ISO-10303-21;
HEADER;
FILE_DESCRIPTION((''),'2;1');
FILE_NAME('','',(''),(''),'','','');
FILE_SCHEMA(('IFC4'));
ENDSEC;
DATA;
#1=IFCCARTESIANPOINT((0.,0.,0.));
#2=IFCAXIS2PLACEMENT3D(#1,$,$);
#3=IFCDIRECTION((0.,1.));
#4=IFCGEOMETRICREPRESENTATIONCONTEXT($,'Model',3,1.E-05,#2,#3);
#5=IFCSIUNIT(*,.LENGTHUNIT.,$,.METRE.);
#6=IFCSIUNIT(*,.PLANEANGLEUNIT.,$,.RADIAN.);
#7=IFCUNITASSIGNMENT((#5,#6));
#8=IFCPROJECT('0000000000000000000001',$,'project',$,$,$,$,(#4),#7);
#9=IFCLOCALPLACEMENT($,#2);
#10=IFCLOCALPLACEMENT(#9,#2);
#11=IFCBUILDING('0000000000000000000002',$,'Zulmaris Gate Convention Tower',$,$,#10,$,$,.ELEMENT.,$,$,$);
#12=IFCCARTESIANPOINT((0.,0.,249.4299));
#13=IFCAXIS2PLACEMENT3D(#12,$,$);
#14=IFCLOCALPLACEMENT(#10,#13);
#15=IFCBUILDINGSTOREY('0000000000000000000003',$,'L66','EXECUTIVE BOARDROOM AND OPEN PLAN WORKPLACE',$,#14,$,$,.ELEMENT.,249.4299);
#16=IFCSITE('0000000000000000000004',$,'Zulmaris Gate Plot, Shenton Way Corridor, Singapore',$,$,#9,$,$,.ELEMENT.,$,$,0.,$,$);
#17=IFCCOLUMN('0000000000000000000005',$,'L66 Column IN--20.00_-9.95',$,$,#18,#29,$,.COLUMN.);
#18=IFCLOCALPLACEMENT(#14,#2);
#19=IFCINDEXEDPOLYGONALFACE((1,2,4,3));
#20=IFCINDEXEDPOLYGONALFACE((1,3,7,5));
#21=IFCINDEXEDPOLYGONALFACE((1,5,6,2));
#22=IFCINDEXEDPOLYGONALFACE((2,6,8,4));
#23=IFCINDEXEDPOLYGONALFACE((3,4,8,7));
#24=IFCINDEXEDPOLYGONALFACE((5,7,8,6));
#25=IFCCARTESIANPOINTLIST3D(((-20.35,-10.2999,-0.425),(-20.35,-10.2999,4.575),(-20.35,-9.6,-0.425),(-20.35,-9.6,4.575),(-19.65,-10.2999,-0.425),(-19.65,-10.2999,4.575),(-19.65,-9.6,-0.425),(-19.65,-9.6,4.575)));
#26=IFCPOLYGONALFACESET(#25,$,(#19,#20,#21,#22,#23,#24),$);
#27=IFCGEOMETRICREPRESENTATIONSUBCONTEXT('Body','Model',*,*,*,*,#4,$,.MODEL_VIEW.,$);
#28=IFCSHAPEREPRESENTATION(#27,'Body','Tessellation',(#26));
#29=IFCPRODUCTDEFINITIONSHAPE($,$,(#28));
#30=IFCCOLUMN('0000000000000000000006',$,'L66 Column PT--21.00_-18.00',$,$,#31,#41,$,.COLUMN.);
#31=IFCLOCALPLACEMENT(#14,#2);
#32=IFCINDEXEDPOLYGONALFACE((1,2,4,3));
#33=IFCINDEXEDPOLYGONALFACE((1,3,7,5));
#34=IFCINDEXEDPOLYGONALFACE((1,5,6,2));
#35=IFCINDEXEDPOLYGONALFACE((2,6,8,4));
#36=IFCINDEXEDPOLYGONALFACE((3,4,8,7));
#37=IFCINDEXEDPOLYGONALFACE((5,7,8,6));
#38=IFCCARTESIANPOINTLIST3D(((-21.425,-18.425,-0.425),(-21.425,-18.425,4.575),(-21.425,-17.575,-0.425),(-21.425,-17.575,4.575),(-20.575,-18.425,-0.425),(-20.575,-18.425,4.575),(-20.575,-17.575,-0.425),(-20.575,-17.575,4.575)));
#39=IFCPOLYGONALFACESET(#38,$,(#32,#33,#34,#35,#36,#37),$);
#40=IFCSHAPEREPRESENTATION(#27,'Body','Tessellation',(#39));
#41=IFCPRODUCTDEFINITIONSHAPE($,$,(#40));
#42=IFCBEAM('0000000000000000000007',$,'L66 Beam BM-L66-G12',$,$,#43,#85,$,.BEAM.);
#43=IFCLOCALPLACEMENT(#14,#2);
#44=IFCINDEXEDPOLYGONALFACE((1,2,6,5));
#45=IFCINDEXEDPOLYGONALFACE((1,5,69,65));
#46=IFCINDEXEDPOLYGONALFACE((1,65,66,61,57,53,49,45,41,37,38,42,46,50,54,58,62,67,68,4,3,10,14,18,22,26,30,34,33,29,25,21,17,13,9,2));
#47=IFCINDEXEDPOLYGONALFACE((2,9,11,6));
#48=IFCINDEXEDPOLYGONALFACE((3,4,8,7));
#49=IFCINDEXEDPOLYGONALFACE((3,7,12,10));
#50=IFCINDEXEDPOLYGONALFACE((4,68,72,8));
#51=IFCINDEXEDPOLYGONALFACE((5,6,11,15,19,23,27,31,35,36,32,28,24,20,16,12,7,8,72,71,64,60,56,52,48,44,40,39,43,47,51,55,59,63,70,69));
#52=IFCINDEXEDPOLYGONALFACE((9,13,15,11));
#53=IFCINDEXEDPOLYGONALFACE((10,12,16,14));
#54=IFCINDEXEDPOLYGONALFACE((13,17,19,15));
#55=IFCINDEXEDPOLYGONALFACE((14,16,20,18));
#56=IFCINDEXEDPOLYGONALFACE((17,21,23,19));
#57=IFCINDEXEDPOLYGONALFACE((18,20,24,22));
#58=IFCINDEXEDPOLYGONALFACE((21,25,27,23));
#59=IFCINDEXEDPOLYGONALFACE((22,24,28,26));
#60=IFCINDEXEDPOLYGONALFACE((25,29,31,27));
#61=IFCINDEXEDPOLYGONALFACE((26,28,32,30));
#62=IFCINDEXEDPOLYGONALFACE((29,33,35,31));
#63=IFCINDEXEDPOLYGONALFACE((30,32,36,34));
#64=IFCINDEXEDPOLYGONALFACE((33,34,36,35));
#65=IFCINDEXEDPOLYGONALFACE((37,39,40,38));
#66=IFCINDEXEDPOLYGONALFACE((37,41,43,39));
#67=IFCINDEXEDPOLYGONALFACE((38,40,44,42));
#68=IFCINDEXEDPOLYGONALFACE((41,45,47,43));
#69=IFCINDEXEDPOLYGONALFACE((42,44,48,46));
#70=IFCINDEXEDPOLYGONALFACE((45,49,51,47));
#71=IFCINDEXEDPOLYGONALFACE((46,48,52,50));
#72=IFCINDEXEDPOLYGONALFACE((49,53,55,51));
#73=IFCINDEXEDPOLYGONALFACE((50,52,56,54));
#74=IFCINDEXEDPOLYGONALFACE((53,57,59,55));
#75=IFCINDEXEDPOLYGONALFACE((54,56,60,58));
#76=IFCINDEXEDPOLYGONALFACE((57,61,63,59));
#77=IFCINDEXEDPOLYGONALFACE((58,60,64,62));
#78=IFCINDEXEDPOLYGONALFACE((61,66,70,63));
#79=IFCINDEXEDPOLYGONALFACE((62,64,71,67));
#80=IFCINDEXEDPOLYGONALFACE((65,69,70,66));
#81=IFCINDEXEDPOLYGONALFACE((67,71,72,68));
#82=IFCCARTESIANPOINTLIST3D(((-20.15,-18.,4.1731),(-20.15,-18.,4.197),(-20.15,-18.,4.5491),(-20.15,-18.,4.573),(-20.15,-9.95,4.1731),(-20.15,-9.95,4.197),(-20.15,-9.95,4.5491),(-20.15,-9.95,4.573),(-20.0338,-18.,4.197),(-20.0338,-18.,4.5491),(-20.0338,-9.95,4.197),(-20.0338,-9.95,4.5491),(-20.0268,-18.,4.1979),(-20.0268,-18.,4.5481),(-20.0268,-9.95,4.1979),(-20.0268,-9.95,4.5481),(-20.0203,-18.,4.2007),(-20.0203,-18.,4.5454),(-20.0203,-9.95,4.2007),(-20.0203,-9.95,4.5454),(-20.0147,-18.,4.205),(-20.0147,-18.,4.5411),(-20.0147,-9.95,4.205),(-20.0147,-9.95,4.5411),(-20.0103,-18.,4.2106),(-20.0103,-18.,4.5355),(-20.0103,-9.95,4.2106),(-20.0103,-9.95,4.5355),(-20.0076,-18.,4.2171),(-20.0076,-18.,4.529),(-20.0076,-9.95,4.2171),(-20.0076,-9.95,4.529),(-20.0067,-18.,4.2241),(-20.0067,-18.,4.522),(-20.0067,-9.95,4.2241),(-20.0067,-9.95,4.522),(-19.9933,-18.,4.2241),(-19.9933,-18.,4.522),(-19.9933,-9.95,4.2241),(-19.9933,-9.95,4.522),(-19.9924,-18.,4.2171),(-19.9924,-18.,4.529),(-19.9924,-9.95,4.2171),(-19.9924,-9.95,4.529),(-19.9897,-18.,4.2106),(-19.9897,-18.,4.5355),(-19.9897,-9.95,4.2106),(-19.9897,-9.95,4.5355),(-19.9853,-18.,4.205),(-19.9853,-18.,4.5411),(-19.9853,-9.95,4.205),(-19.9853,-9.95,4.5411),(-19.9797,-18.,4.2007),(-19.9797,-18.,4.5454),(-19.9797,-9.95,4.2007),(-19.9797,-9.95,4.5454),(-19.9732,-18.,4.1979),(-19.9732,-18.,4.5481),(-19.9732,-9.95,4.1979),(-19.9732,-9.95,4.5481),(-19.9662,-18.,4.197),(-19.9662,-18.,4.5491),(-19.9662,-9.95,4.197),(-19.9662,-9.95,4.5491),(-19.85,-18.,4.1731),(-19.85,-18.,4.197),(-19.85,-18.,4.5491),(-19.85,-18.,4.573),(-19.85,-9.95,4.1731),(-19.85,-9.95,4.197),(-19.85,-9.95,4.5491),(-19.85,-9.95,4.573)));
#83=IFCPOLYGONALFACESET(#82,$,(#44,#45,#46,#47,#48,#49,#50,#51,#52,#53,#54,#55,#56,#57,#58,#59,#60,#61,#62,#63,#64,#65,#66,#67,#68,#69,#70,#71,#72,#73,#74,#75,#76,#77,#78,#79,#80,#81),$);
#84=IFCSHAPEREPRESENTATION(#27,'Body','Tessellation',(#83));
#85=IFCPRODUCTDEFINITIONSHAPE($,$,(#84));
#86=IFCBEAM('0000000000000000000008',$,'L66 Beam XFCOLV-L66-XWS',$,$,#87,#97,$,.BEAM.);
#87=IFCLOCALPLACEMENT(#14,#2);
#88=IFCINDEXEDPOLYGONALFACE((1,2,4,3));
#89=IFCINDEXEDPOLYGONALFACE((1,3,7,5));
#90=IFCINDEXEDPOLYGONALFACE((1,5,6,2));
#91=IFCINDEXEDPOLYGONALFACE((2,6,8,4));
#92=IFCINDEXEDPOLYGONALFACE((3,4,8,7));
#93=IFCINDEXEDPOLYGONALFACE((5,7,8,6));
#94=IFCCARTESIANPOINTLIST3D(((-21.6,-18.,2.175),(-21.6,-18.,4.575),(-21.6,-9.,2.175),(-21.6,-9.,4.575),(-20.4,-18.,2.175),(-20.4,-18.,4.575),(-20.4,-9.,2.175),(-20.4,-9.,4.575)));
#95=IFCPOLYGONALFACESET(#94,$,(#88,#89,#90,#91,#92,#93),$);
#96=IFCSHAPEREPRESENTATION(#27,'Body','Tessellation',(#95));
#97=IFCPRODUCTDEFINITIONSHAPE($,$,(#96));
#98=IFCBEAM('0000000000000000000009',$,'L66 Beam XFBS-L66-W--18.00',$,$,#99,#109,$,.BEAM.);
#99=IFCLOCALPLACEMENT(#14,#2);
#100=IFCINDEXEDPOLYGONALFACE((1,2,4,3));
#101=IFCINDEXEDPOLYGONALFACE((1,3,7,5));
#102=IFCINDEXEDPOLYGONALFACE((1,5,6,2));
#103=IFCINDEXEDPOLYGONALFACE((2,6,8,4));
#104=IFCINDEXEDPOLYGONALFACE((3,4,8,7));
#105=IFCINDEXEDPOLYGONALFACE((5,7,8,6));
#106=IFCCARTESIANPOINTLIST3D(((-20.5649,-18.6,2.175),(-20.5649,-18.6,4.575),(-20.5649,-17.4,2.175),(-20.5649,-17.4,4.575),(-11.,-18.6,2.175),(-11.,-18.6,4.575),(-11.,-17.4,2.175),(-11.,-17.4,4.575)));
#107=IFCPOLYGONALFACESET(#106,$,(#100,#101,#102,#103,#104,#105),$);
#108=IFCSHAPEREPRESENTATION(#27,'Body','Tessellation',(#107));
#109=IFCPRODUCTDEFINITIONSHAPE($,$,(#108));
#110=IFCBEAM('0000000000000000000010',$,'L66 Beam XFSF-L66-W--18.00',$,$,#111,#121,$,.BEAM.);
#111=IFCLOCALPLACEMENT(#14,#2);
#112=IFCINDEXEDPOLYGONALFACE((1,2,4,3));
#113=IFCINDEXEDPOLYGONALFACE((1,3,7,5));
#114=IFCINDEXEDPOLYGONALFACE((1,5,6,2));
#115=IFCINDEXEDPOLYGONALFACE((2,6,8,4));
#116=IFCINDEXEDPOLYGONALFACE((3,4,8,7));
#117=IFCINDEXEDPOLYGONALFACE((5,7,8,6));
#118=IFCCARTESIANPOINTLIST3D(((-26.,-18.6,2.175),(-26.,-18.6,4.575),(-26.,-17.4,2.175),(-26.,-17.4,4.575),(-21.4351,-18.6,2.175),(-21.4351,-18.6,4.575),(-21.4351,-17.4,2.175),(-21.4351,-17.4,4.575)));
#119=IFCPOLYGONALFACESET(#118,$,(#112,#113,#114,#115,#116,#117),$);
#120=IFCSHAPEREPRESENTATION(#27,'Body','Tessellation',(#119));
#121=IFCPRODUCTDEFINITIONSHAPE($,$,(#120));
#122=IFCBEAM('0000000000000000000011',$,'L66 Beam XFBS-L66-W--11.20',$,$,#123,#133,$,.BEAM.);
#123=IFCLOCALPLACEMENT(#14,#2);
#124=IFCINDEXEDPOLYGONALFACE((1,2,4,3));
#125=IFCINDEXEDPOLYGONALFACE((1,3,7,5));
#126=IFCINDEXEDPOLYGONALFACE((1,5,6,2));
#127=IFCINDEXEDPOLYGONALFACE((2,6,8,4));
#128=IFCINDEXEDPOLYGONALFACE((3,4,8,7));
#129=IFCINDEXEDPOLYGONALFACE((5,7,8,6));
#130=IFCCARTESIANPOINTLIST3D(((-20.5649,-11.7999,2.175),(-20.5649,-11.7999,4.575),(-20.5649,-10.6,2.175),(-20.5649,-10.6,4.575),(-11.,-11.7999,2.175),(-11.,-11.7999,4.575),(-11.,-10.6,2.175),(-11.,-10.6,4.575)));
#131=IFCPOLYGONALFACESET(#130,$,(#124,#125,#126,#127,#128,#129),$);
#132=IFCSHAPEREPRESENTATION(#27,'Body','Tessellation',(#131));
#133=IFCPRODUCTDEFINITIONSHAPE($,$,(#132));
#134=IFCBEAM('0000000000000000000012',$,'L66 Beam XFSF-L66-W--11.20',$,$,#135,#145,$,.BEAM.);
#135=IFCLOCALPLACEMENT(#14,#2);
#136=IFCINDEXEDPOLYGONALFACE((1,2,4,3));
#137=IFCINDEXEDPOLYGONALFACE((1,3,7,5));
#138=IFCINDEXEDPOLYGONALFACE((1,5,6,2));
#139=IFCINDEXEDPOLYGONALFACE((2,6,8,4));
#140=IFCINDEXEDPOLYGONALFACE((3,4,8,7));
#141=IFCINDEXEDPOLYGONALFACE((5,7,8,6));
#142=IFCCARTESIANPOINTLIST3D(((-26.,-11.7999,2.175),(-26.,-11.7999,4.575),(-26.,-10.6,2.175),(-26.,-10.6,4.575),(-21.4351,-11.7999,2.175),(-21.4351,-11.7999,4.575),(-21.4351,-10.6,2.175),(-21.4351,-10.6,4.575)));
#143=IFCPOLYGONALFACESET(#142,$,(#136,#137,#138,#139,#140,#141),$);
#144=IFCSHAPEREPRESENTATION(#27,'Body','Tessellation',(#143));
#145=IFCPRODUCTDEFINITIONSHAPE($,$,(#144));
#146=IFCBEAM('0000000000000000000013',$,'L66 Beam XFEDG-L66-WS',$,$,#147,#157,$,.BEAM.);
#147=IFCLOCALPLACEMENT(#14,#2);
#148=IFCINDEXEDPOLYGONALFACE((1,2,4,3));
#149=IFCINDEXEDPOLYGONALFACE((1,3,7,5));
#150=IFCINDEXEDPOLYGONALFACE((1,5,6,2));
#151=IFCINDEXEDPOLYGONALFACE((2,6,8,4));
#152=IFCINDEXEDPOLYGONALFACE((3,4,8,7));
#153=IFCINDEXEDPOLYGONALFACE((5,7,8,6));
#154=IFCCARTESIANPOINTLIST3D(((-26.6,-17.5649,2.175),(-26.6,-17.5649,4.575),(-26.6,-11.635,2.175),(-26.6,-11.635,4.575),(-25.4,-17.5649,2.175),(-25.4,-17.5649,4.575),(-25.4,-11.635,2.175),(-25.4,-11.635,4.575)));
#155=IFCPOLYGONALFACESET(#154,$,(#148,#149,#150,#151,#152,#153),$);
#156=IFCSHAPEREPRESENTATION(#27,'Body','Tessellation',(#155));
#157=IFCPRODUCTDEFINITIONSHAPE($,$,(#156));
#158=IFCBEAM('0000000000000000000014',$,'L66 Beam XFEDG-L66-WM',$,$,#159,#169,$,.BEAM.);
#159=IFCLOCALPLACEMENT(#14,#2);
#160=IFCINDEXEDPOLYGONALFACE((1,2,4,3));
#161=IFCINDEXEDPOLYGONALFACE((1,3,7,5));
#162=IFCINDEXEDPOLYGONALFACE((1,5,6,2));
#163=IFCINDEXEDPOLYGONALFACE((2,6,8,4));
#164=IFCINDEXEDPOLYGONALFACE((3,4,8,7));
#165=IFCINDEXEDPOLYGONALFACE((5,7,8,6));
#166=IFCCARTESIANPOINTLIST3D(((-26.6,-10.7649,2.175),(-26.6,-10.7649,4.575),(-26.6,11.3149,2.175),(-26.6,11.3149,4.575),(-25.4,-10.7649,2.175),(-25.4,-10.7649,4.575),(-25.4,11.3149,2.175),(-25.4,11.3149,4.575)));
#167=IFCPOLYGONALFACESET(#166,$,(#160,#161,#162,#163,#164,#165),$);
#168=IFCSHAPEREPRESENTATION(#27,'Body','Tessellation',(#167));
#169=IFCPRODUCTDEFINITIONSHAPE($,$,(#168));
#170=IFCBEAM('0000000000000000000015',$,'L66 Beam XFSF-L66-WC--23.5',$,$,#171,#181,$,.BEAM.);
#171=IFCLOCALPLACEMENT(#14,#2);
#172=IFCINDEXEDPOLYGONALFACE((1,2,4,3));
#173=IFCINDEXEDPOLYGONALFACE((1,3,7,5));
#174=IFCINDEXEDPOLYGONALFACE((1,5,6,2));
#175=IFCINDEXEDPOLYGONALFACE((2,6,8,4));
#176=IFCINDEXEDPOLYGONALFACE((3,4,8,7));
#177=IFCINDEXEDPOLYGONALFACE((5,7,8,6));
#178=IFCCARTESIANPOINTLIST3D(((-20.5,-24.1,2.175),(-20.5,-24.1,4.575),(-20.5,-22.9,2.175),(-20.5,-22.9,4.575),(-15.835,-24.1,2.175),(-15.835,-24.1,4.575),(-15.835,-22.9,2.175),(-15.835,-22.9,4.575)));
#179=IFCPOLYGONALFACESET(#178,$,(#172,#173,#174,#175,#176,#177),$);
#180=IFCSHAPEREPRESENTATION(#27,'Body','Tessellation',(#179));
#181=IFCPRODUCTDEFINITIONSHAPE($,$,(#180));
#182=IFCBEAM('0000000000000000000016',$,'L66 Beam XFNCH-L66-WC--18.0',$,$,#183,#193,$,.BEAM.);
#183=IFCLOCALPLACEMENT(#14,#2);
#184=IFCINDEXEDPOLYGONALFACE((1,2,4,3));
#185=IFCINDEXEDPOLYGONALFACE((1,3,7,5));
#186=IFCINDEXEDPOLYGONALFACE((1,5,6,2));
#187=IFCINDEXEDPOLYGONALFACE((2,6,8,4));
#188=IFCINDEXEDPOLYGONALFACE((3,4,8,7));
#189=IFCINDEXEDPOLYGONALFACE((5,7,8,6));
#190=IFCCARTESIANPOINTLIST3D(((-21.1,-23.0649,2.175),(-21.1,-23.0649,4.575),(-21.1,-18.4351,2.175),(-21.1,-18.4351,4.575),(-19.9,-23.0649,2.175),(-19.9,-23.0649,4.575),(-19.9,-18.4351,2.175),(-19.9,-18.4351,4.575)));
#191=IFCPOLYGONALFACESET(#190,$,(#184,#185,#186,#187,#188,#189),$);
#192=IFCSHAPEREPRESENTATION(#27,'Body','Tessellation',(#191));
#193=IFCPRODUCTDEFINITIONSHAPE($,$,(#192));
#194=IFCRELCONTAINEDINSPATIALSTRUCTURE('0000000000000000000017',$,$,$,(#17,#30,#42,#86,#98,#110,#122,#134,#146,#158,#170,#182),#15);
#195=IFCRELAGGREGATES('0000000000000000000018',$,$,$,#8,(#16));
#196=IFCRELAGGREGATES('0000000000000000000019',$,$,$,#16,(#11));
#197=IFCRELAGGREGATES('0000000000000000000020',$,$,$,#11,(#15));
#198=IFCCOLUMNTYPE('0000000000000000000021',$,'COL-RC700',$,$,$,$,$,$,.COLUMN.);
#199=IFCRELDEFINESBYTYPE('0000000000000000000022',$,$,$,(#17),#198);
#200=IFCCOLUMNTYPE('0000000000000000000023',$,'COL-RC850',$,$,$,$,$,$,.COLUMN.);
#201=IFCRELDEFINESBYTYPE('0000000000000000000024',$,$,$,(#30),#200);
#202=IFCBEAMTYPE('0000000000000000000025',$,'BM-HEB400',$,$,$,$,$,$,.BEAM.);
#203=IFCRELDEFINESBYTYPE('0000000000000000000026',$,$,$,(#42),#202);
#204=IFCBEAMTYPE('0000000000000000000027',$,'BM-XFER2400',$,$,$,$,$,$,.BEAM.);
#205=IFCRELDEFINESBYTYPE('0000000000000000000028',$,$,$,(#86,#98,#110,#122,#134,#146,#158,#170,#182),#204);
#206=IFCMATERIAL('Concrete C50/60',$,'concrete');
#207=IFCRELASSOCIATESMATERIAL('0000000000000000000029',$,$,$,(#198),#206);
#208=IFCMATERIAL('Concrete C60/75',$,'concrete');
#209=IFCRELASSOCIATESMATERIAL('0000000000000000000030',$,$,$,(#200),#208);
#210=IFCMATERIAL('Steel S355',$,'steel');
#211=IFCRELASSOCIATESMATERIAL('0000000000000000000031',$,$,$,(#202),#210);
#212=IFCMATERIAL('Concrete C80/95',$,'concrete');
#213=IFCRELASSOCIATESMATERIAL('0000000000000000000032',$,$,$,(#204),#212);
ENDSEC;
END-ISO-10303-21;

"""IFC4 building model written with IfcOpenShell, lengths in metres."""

from ifc_helpers import new_model, si_unit, direction, frame, origin, origin_2d, place, context, subcontext, project, spatial, rectangle, i_section, extrude, material, material_profile, profile_set, type_object, element, save


model = new_model("IFC4")

# Units and contexts
model_context = context("Model", 3, precision=1e-05, world=origin(), true_north=direction((0.0, 1.0)))
body_context = subcontext(model_context, "Body", "Model", "MODEL_VIEW")
ifc_project = project(units=[si_unit("LENGTHUNIT", "METRE"), si_unit("PLANEANGLEUNIT", "RADIAN")], contexts=[model_context])

# Site, building, storey
site_placement = place(None, origin())
site = spatial("IfcSite", under=ifc_project, at=site_placement, Name="Zulmaris Gate Plot, Shenton Way Corridor, Singapore", CompositionType="ELEMENT", RefElevation=0.0)
building_placement = place(site_placement, origin())
building = spatial("IfcBuilding", under=site, at=building_placement, Name="Zulmaris Gate Convention Tower", CompositionType="ELEMENT")
storey_placement = place(building_placement, frame((0.0, 0.0, 249.4299)))
storey = spatial("IfcBuildingStorey", under=building, at=storey_placement, Name="L66", Description="EXECUTIVE BOARDROOM AND OPEN PLAN WORKPLACE", CompositionType="ELEMENT", Elevation=249.4299)

# Columns
ifc_material_1 = material(Name="Concrete C50/60", Category="concrete")
ifc_material_profile_1 = material_profile(ifc_material_1, rectangle(XDim=0.7, YDim=0.7, at=origin_2d()), Name="RC COL 700x700")
ifc_profile_set_1 = profile_set([ifc_material_profile_1], Name="Concrete C50/60")
column_type_1 = type_object("IfcColumnType", Name="COL-RC700", PredefinedType="COLUMN", material=ifc_profile_set_1)
column_1_placement = place(storey_placement, frame((-20.0, -9.95, -0.425), z_axis=(0.0, 0.0, 1.0), x_axis=(1.0, 0.0, 0.0)))
element("IfcColumn", 1, at=column_1_placement, inside=storey, type_object=column_type_1, Name="L66 Column IN--20.00_-9.95", PredefinedType="COLUMN", context=body_context, shape_type="SweptSolid", body=[
    extrude(rectangle(XDim=0.7, YDim=0.7, at=origin_2d()), origin(), (0.0, 0.0, 1.0), 5.0),
])
ifc_material_2 = material(Name="Concrete C60/75", Category="concrete")
ifc_material_profile_2 = material_profile(ifc_material_2, rectangle(XDim=0.8501, YDim=0.8501, at=origin_2d()), Name="RC COL 850x850")
ifc_profile_set_2 = profile_set([ifc_material_profile_2], Name="Concrete C60/75")
column_type_2 = type_object("IfcColumnType", Name="COL-RC850", PredefinedType="COLUMN", material=ifc_profile_set_2)
column_2_placement = place(storey_placement, frame((-21.0, -18.0, -0.425), z_axis=(0.0, 0.0, 1.0), x_axis=(1.0, 0.0, 0.0)))
element("IfcColumn", 2, at=column_2_placement, inside=storey, type_object=column_type_2, Name="L66 Column PT--21.00_-18.00", PredefinedType="COLUMN", context=body_context, shape_type="SweptSolid", body=[
    extrude(rectangle(XDim=0.8501, YDim=0.8501, at=origin_2d()), origin(), (0.0, 0.0, 1.0), 5.0),
])

# Beams
ifc_material_3 = material(Name="Steel S355", Category="steel")
ifc_material_profile_3 = material_profile(ifc_material_3, i_section(OverallWidth=0.3, OverallDepth=0.3999, WebThickness=0.0134, FlangeThickness=0.0239, FilletRadius=0.0271, at=origin_2d()), Name="HEB 400")
ifc_profile_set_3 = profile_set([ifc_material_profile_3], Name="Steel S355")
beam_type_1 = type_object("IfcBeamType", Name="BM-HEB400", PredefinedType="BEAM", material=ifc_profile_set_3)
beam_1_placement = place(storey_placement, frame((-20.0, -18.0, 4.373), z_axis=(0.0, 1.0, 0.0), x_axis=(-1.0, 0.0, 0.0)))
element("IfcBeam", 3, at=beam_1_placement, inside=storey, type_object=beam_type_1, Name="L66 Beam BM-L66-G12", PredefinedType="BEAM", context=body_context, shape_type="SweptSolid", body=[
    extrude(i_section(OverallWidth=0.3, OverallDepth=0.3999, WebThickness=0.0134, FlangeThickness=0.0239, FilletRadius=0.0271, at=origin_2d()), origin(), (0.0, 0.0, 1.0), 8.05),
])
ifc_material_4 = material(Name="Concrete C80/95", Category="concrete")
ifc_material_profile_4 = material_profile(ifc_material_4, rectangle(XDim=1.2, YDim=2.3999, at=origin_2d()), Name="RC TRANSFER 1200x2400")
ifc_profile_set_4 = profile_set([ifc_material_profile_4], Name="Concrete C80/95")
beam_type_2 = type_object("IfcBeamType", Name="BM-XFER2400", PredefinedType="BEAM", material=ifc_profile_set_4)
beam_2_placement = place(storey_placement, frame((-21.0, -18.0, 3.375), z_axis=(0.0, 1.0, 0.0), x_axis=(-1.0, 0.0, 0.0)))
element("IfcBeam", 4, at=beam_2_placement, inside=storey, type_object=beam_type_2, Name="L66 Beam XFCOLV-L66-XWS", PredefinedType="BEAM", context=body_context, shape_type="SweptSolid", body=[
    extrude(rectangle(XDim=1.2, YDim=2.3999, at=origin_2d()), origin(), (0.0, 0.0, 1.0), 9.0),
])
beam_3_placement = place(storey_placement, frame((-20.5649, -18.0, 3.375), z_axis=(1.0, 0.0, 0.0), x_axis=(0.0, 1.0, 0.0)))
element("IfcBeam", 5, at=beam_3_placement, inside=storey, type_object=beam_type_2, Name="L66 Beam XFBS-L66-W--18.00", PredefinedType="BEAM", context=body_context, shape_type="SweptSolid", body=[
    extrude(rectangle(XDim=1.2, YDim=2.3999, at=origin_2d()), origin(), (0.0, 0.0, 1.0), 9.5649),
])
beam_4_placement = place(storey_placement, frame((-26.0, -18.0, 3.375), z_axis=(1.0, 0.0, 0.0), x_axis=(0.0, 1.0, 0.0)))
element("IfcBeam", 6, at=beam_4_placement, inside=storey, type_object=beam_type_2, Name="L66 Beam XFSF-L66-W--18.00", PredefinedType="BEAM", context=body_context, shape_type="SweptSolid", body=[
    extrude(rectangle(XDim=1.2, YDim=2.3999, at=origin_2d()), origin(), (0.0, 0.0, 1.0), 4.5649),
])
beam_5_placement = place(storey_placement, frame((-20.5649, -11.2, 3.375), z_axis=(1.0, 0.0, 0.0), x_axis=(0.0, 1.0, 0.0)))
element("IfcBeam", 7, at=beam_5_placement, inside=storey, type_object=beam_type_2, Name="L66 Beam XFBS-L66-W--11.20", PredefinedType="BEAM", context=body_context, shape_type="SweptSolid", body=[
    extrude(rectangle(XDim=1.2, YDim=2.3999, at=origin_2d()), origin(), (0.0, 0.0, 1.0), 9.5649),
])
beam_6_placement = place(storey_placement, frame((-26.0, -11.2, 3.375), z_axis=(1.0, 0.0, 0.0), x_axis=(0.0, 1.0, 0.0)))
element("IfcBeam", 8, at=beam_6_placement, inside=storey, type_object=beam_type_2, Name="L66 Beam XFSF-L66-W--11.20", PredefinedType="BEAM", context=body_context, shape_type="SweptSolid", body=[
    extrude(rectangle(XDim=1.2, YDim=2.3999, at=origin_2d()), origin(), (0.0, 0.0, 1.0), 4.5649),
])
beam_7_placement = place(storey_placement, frame((-26.0, -17.5649, 3.375), z_axis=(0.0, 1.0, 0.0), x_axis=(-1.0, 0.0, 0.0)))
element("IfcBeam", 9, at=beam_7_placement, inside=storey, type_object=beam_type_2, Name="L66 Beam XFEDG-L66-WS", PredefinedType="BEAM", context=body_context, shape_type="SweptSolid", body=[
    extrude(rectangle(XDim=1.2, YDim=2.3999, at=origin_2d()), origin(), (0.0, 0.0, 1.0), 5.9299),
])
beam_8_placement = place(storey_placement, frame((-26.0, -10.7649, 3.375), z_axis=(0.0, 1.0, 0.0), x_axis=(-1.0, 0.0, 0.0)))
element("IfcBeam", 10, at=beam_8_placement, inside=storey, type_object=beam_type_2, Name="L66 Beam XFEDG-L66-WM", PredefinedType="BEAM", context=body_context, shape_type="SweptSolid", body=[
    extrude(rectangle(XDim=1.2, YDim=2.3999, at=origin_2d()), origin(), (0.0, 0.0, 1.0), 22.0798),
])
beam_9_placement = place(storey_placement, frame((-20.5, -23.5, 3.375), z_axis=(1.0, 0.0, 0.0), x_axis=(0.0, 1.0, 0.0)))
element("IfcBeam", 11, at=beam_9_placement, inside=storey, type_object=beam_type_2, Name="L66 Beam XFSF-L66-WC--23.5", PredefinedType="BEAM", context=body_context, shape_type="SweptSolid", body=[
    extrude(rectangle(XDim=1.2, YDim=2.3999, at=origin_2d()), origin(), (0.0, 0.0, 1.0), 4.665),
])
beam_10_placement = place(storey_placement, frame((-20.5, -23.0649, 3.375), z_axis=(0.0, 1.0, 0.0), x_axis=(-1.0, 0.0, 0.0)))
element("IfcBeam", 12, at=beam_10_placement, inside=storey, type_object=beam_type_2, Name="L66 Beam XFNCH-L66-WC--18.0", PredefinedType="BEAM", context=body_context, shape_type="SweptSolid", body=[
    extrude(rectangle(XDim=1.2, YDim=2.3999, at=origin_2d()), origin(), (0.0, 0.0, 1.0), 4.6299),
])

save(model, "model.ifc")
